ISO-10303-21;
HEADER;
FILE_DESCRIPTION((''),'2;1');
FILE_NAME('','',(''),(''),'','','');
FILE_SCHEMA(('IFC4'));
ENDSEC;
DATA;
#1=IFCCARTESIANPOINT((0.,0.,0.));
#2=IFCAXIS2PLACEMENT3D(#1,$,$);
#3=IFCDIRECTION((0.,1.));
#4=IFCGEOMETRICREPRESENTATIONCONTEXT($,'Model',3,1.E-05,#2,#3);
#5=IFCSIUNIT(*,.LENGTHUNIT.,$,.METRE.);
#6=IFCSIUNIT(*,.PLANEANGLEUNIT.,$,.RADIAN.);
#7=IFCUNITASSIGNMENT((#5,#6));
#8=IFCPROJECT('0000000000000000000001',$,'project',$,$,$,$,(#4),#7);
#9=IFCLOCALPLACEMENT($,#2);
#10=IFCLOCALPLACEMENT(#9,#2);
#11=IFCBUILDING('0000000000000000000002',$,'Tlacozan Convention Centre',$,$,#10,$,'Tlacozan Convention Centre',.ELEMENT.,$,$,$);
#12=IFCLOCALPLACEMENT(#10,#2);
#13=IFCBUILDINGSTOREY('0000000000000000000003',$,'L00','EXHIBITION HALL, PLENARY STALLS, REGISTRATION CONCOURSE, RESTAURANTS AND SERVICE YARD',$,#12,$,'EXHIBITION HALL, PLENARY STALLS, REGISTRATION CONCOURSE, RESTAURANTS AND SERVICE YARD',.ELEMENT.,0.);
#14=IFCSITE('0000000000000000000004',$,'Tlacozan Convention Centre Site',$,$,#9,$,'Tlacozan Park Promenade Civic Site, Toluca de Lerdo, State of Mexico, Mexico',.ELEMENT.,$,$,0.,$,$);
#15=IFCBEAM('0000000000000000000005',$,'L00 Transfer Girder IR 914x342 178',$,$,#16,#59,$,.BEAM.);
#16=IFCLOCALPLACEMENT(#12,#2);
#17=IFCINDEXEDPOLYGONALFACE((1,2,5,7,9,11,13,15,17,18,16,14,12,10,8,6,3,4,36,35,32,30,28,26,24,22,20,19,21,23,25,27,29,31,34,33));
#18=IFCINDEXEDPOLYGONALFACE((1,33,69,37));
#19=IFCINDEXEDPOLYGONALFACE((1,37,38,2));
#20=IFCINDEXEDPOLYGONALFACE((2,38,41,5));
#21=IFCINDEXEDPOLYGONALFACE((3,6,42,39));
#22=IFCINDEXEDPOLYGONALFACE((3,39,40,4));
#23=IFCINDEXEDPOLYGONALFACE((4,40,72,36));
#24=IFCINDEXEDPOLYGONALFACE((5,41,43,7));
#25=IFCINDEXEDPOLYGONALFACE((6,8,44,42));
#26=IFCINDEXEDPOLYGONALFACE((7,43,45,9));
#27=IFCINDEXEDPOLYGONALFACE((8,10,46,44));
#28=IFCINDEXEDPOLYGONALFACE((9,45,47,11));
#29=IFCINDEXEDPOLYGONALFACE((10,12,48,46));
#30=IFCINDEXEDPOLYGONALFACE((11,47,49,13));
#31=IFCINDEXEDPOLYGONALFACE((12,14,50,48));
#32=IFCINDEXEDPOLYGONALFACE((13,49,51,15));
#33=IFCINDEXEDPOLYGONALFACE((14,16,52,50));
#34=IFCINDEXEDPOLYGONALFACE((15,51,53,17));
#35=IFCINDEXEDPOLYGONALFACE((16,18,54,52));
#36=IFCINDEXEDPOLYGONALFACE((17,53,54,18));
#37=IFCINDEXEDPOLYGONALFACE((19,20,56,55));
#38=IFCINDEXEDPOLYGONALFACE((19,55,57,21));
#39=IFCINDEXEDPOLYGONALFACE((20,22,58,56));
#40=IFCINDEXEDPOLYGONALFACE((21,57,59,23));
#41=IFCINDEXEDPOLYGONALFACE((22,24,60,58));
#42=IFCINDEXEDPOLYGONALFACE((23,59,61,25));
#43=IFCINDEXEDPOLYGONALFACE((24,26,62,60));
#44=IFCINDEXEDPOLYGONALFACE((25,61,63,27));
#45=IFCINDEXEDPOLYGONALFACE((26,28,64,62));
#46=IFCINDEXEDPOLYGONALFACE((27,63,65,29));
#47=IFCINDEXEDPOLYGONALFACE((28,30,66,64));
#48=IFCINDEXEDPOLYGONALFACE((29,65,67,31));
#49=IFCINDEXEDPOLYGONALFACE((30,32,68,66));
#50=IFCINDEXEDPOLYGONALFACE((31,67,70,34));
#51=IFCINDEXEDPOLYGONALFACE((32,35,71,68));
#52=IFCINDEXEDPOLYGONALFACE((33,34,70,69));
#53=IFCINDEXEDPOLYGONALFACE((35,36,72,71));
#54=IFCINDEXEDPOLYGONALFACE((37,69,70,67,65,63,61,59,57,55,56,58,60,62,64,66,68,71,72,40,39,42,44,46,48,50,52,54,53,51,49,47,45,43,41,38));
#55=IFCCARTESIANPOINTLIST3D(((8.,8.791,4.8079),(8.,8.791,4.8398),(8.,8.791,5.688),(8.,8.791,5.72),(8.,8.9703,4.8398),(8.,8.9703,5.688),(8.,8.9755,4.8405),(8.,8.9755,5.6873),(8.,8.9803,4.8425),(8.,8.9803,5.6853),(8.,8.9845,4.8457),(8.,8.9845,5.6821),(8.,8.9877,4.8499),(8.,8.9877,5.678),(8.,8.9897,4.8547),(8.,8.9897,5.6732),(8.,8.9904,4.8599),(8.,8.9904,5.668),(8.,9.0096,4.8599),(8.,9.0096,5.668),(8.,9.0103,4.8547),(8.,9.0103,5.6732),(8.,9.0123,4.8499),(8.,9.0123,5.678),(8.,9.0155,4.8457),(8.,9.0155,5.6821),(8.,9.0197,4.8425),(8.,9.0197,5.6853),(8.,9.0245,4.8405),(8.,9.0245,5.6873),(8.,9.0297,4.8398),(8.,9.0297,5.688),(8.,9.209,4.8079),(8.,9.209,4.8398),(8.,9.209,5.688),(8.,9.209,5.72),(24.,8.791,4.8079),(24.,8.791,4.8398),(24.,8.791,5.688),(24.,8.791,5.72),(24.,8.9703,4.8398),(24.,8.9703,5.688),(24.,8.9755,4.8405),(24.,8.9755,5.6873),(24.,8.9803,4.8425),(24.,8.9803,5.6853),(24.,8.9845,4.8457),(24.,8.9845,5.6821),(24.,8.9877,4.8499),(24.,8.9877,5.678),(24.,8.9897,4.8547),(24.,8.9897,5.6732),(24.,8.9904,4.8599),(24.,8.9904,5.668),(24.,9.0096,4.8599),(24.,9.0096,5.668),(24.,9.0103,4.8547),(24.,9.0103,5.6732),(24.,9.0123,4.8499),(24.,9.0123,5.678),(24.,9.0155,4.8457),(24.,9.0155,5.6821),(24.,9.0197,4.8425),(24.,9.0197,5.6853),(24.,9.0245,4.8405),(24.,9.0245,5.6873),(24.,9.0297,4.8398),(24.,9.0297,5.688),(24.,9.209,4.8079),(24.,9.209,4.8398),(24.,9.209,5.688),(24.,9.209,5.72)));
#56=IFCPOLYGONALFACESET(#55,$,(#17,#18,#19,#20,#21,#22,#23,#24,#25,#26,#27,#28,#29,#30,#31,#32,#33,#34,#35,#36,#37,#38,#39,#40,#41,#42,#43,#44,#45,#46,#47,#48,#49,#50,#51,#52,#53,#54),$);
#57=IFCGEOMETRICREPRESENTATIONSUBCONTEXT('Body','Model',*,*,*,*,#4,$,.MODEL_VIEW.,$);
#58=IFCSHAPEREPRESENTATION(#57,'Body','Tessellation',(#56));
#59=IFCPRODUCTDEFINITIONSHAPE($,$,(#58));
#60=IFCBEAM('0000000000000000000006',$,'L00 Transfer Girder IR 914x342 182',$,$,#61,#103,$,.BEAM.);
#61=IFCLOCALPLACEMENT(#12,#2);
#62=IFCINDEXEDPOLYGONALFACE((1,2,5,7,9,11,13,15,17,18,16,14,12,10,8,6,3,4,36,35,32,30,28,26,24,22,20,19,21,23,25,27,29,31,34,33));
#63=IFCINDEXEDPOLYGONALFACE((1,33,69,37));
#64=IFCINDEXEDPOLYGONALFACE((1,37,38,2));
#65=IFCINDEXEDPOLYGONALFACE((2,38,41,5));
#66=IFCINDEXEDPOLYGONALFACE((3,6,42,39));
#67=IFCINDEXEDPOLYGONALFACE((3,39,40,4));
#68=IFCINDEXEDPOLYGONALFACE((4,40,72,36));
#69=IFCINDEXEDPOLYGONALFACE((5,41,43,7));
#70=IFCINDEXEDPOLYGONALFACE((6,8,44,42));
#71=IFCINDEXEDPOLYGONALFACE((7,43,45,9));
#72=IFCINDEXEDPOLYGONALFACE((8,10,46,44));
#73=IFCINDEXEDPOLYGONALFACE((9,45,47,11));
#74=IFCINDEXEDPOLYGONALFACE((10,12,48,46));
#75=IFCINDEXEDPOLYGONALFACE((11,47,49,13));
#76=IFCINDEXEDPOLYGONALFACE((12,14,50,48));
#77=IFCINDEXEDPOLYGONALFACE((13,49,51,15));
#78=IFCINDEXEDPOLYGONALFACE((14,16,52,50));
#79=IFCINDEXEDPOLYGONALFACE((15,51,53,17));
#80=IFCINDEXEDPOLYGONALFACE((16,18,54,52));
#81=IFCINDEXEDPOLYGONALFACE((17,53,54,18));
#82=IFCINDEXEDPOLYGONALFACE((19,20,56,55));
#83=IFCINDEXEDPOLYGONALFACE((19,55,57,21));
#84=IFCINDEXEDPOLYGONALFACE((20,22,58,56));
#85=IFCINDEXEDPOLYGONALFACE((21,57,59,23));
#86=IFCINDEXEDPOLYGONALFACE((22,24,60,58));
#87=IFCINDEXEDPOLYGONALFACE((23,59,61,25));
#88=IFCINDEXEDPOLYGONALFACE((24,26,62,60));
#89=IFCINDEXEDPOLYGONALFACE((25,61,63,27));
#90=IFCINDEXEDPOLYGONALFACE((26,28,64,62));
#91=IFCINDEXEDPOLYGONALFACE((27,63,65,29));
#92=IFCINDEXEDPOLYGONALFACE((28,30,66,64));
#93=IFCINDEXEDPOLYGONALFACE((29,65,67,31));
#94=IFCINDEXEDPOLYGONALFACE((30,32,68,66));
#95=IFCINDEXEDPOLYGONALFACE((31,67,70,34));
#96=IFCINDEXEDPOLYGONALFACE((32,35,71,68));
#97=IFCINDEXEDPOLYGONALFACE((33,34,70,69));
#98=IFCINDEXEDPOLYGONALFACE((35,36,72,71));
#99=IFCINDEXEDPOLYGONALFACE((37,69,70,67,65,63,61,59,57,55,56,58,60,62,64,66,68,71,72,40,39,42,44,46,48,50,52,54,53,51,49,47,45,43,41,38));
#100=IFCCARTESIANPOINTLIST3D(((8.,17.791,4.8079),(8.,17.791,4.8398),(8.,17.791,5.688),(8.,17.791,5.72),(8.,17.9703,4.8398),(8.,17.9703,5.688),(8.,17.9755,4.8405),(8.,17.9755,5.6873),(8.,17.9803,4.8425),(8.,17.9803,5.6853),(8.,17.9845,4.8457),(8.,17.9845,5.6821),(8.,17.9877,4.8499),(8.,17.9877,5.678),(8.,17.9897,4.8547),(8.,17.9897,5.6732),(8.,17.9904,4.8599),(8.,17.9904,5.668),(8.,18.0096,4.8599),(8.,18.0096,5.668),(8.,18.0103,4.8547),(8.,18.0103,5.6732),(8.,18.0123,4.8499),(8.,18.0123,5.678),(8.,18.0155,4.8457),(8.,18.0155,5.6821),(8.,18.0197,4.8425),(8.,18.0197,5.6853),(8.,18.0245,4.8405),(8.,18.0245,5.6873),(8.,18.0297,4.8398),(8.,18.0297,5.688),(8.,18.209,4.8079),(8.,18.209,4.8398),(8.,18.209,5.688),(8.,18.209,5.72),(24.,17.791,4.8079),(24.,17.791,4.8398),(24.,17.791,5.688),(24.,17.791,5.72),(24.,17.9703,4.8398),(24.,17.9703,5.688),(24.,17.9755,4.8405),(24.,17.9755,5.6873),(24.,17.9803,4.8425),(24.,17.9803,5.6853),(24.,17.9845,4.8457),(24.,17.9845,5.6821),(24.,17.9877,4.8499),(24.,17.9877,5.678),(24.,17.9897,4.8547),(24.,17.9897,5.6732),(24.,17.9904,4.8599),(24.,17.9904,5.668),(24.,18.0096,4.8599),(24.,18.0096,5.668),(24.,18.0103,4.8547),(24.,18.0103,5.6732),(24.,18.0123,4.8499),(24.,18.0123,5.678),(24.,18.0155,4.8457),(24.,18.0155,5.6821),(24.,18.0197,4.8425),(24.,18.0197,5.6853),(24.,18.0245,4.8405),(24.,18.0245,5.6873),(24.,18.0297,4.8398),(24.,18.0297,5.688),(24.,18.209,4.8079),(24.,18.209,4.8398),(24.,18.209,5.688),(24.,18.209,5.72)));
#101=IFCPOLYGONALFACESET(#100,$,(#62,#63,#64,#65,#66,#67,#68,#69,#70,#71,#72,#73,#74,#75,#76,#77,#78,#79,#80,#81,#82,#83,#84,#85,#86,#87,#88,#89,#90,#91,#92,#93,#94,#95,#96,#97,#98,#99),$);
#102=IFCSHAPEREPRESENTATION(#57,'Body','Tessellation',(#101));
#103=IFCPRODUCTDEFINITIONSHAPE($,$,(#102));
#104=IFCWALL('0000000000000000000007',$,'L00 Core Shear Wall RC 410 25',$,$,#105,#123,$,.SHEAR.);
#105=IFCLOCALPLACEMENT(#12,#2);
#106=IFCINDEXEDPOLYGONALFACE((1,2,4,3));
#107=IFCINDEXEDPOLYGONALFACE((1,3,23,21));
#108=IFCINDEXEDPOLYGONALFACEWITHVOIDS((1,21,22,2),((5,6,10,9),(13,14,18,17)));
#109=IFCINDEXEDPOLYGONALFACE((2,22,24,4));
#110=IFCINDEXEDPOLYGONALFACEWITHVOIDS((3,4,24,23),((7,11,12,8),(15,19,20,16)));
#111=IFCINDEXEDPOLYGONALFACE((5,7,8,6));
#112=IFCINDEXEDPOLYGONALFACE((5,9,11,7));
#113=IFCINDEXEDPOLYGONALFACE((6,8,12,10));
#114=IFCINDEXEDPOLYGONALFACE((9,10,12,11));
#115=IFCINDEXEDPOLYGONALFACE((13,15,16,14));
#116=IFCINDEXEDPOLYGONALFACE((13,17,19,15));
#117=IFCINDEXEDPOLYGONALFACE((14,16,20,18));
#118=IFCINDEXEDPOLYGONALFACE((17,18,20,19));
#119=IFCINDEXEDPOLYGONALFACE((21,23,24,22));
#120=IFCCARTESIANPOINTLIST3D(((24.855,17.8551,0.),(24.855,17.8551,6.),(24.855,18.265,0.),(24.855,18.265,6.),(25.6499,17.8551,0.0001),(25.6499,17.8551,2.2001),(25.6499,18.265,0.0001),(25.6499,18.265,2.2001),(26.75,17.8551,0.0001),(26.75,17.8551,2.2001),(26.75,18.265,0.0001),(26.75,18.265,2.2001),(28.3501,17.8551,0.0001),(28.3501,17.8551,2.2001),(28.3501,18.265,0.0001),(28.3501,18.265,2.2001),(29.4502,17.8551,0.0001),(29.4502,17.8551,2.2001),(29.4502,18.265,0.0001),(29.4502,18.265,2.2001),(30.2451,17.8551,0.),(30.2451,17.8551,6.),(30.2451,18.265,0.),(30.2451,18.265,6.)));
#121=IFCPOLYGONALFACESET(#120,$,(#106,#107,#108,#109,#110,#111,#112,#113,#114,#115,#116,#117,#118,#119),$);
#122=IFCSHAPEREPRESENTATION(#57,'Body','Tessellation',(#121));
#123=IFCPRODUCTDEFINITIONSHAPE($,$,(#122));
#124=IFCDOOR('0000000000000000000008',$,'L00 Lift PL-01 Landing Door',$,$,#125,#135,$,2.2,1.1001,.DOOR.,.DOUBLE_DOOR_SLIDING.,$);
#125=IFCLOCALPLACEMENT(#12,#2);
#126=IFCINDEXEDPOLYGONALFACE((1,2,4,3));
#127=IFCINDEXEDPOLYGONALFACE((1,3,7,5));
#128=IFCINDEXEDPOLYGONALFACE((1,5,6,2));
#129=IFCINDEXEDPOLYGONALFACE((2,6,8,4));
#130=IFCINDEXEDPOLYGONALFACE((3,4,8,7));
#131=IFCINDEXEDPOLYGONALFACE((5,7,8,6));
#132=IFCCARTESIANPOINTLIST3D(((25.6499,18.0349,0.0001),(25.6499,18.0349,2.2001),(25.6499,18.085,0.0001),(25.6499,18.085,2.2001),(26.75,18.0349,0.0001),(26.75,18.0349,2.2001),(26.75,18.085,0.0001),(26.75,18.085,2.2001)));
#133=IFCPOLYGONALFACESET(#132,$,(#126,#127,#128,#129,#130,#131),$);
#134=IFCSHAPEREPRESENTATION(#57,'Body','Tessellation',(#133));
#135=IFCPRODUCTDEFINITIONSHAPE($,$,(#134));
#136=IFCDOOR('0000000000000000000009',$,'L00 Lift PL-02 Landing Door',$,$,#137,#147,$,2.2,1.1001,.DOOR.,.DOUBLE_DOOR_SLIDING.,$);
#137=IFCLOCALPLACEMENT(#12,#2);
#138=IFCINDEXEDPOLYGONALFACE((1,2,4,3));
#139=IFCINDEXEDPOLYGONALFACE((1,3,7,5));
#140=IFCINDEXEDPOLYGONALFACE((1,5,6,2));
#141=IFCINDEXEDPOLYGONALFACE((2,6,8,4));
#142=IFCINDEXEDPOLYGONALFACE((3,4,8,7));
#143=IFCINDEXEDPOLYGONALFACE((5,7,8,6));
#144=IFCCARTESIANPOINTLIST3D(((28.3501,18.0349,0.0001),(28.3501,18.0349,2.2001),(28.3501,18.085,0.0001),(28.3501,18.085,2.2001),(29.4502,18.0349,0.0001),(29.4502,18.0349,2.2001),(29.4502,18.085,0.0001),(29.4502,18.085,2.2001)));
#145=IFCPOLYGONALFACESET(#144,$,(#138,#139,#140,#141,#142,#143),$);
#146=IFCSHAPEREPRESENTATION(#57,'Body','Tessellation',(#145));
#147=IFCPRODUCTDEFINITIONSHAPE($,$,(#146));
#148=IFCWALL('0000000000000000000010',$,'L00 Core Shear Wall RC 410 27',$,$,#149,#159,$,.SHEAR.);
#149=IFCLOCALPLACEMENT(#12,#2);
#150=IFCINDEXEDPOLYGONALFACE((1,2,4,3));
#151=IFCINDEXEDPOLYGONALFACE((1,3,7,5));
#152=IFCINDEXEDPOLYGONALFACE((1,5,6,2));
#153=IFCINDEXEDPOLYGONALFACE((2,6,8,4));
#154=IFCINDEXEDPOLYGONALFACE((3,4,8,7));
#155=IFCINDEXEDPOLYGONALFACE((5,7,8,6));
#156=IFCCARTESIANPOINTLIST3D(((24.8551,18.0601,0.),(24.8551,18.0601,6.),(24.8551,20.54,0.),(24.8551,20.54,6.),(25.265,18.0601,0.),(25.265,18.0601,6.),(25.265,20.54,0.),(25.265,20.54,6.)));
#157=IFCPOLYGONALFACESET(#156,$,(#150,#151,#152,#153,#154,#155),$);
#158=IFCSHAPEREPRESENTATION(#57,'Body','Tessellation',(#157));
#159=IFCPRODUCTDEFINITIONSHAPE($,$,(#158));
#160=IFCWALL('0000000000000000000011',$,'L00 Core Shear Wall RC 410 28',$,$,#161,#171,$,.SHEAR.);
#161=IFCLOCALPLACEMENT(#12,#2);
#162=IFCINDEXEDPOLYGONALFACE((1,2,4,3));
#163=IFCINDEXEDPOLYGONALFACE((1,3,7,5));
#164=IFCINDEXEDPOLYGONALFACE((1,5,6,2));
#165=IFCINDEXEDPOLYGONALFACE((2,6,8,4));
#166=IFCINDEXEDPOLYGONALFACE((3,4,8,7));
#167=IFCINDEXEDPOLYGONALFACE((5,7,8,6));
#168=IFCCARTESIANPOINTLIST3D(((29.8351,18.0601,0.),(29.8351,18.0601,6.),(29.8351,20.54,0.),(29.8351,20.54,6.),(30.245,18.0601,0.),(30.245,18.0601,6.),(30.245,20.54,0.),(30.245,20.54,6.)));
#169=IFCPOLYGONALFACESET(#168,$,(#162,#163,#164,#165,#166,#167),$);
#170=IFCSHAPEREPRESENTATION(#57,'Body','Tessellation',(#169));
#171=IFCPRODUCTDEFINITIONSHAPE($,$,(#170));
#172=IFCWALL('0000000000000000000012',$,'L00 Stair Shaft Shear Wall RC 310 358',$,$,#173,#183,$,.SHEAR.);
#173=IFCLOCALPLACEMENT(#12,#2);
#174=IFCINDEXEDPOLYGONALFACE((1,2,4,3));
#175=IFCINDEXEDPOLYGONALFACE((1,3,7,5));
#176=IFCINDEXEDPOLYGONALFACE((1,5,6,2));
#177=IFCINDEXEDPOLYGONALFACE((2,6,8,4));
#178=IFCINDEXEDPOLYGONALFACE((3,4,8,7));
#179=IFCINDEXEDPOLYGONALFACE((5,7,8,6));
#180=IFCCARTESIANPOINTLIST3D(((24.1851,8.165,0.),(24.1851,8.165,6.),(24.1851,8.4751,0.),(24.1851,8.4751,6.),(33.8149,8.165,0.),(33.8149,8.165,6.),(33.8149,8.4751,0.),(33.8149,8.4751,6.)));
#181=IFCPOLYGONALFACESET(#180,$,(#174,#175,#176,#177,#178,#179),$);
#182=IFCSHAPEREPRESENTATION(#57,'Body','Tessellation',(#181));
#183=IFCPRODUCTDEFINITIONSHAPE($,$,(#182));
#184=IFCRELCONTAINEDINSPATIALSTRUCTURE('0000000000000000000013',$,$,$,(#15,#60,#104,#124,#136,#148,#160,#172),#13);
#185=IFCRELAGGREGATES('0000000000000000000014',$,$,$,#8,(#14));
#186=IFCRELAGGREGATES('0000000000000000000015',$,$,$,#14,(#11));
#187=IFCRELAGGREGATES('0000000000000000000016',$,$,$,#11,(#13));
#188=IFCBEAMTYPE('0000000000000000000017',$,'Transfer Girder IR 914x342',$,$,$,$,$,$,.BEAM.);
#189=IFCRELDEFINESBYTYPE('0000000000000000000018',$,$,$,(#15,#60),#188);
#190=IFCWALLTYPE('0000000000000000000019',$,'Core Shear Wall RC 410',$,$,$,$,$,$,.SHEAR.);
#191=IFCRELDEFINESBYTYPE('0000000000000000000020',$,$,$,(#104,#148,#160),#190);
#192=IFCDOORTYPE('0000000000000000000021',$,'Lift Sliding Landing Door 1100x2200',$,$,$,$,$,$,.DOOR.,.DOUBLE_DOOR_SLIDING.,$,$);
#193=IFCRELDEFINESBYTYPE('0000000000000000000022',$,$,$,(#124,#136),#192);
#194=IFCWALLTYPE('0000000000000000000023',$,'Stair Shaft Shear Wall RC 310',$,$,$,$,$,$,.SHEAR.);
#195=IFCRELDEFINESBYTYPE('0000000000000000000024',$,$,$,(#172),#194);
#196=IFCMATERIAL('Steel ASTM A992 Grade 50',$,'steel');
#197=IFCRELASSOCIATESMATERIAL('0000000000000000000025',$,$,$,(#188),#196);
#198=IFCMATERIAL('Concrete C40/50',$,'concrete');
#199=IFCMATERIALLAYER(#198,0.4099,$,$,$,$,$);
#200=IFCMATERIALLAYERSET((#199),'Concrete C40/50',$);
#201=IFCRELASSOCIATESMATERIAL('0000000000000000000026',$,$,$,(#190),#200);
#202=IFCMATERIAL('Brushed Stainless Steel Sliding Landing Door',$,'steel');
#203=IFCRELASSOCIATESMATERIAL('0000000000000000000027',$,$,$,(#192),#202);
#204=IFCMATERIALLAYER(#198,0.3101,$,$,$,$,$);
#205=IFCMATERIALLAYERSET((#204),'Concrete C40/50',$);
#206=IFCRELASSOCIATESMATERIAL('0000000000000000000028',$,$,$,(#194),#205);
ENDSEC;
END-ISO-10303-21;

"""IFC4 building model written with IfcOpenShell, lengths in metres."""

from ifc_helpers import new_model, si_unit, direction, frame, frame_2d, origin, origin_2d, place, context, subcontext, project, spatial, rectangle, i_section, extrude, material, layer, layer_set, material_profile, profile_set, type_object, element, fill, save


model = new_model("IFC4")

# Units and contexts
model_context = context("Model", 3, precision=1e-05, world=origin(), true_north=direction((0.0, 1.0)))
body_context = subcontext(model_context, "Body", "Model", "MODEL_VIEW")
ifc_project = project(units=[si_unit("LENGTHUNIT", "METRE"), si_unit("PLANEANGLEUNIT", "RADIAN")], contexts=[model_context])

# Site, building, storey
site_placement = place(None, origin())
site = spatial("IfcSite", under=ifc_project, at=site_placement, Name="Tlacozan Convention Centre Site", LongName="Tlacozan Park Promenade Civic Site, Toluca de Lerdo, State of Mexico, Mexico", CompositionType="ELEMENT", RefElevation=0.0)
building_placement = place(site_placement, origin())
building = spatial("IfcBuilding", under=site, at=building_placement, Name="Tlacozan Convention Centre", LongName="Tlacozan Convention Centre", CompositionType="ELEMENT")
storey_placement = place(building_placement, origin())
storey = spatial("IfcBuildingStorey", under=building, at=storey_placement, Name="L00", Description="EXHIBITION HALL, PLENARY STALLS, REGISTRATION CONCOURSE, RESTAURANTS AND SERVICE YARD", LongName="EXHIBITION HALL, PLENARY STALLS, REGISTRATION CONCOURSE, RESTAURANTS AND SERVICE YARD", CompositionType="ELEMENT", Elevation=0.0)

# Shared definitions
ifc_material_1 = material(Name="Concrete C40/50", Category="concrete")

# Beams
ifc_material_2 = material(Name="Steel ASTM A992 Grade 50", Category="steel")
ifc_material_profile_1 = material_profile(ifc_material_2, i_section(OverallWidth=0.418, OverallDepth=0.9121, WebThickness=0.0193, FlangeThickness=0.032, FilletRadius=0.02, at=origin_2d()), Name="IR 914x342.0")
ifc_profile_set_1 = profile_set([ifc_material_profile_1], Name="Steel ASTM A992 Grade 50")
beam_type_1 = type_object("IfcBeamType", Name="Transfer Girder IR 914x342", PredefinedType="BEAM", material=ifc_profile_set_1)
for number, where, z_axis, x_axis, name in (
    (1, (24.0, 9.0, 5.2639), (-1.0, 0.0, 0.0), (0.0, -1.0, 0.0), "L00 Transfer Girder IR 914x342 178"),
    (2, (24.0, 18.0, 5.2639), (-1.0, 0.0, 0.0), (0.0, -1.0, 0.0), "L00 Transfer Girder IR 914x342 182"),
):
    element("IfcBeam", number, at=place(storey_placement, frame(where, z_axis=z_axis, x_axis=x_axis)), inside=storey, type_object=beam_type_1, Name=name, PredefinedType="BEAM", context=body_context, shape_type="SweptSolid", body=[
        extrude(i_section(OverallWidth=0.418, OverallDepth=0.9121, WebThickness=0.0193, FlangeThickness=0.032, FilletRadius=0.02, at=origin_2d()), origin(), (0.0, 0.0, 1.0), 16.0),
    ])

# Wall, openings, doors
ifc_layer_1 = layer(ifc_material_1, 0.4099)
ifc_layer_set_1 = layer_set([ifc_layer_1], Name="Concrete C40/50")
wall_type_1 = type_object("IfcWallType", Name="Core Shear Wall RC 410", PredefinedType="SHEAR", material=ifc_layer_set_1)
wall_1_placement = place(storey_placement, frame((24.855, 18.0601, 0.0), z_axis=(0.0, 0.0, 1.0), x_axis=(1.0, 0.0, 0.0)))
wall_1 = element("IfcWall", 3, at=wall_1_placement, inside=storey, type_object=wall_type_1, Name="L00 Core Shear Wall RC 410 25", PredefinedType="SHEAR", context=body_context, shape_type="SweptSolid", body=[
    extrude(rectangle(XDim=5.3901, YDim=0.4099, at=frame_2d((2.6951, 0.0))), origin(), (0.0, 0.0, 1.0), 6.0),
])
opening_1_placement = place(wall_1_placement, frame((0.7949, 0.0, 0.0)))
opening_1 = element("IfcOpeningElement", 4, at=opening_1_placement, cuts=wall_1, PredefinedType="OPENING", context=body_context, shape_type="SweptSolid", body=[
    extrude(rectangle(XDim=1.1001, YDim=2.2, at=frame_2d((0.55, 1.1001))), frame((0.0, 0.2148, 0.0), z_axis=(0.0, -1.0, 0.0), x_axis=(1.0, 0.0, 0.0)), (0.0, 0.0, 1.0), 0.4299),
])
opening_2_placement = place(wall_1_placement, frame((3.4951, 0.0, 0.0)))
opening_2 = element("IfcOpeningElement", 5, at=opening_2_placement, cuts=wall_1, PredefinedType="OPENING", context=body_context, shape_type="SweptSolid", body=[
    extrude(rectangle(XDim=1.1001, YDim=2.2, at=frame_2d((0.55, 1.1001))), frame((0.0, 0.2148, 0.0), z_axis=(0.0, -1.0, 0.0), x_axis=(1.0, 0.0, 0.0)), (0.0, 0.0, 1.0), 0.4299),
])
ifc_material_3 = material(Name="Brushed Stainless Steel Sliding Landing Door", Category="steel")
door_type = type_object("IfcDoorType", Name="Lift Sliding Landing Door 1100x2200", OperationType="DOUBLE_DOOR_SLIDING", PredefinedType="DOOR", material=ifc_material_3)
door_1_placement = place(opening_1_placement, origin())
door_1 = element("IfcDoor", 6, at=door_1_placement, inside=storey, type_object=door_type, Name="L00 Lift PL-01 Landing Door", OperationType="DOUBLE_DOOR_SLIDING", OverallHeight=2.2, OverallWidth=1.1001, PredefinedType="DOOR", context=body_context, shape_type="SweptSolid", body=[
    extrude(rectangle(XDim=1.1001, YDim=2.2, at=frame_2d((0.55, 1.1001))), frame((0.0, 0.0249, 0.0), z_axis=(0.0, -1.0, 0.0), x_axis=(1.0, 0.0, 0.0)), (0.0, 0.0, 1.0), 0.05),
])
fill(opening_1, door_1)
door_2_placement = place(opening_2_placement, origin())
door_2 = element("IfcDoor", 7, at=door_2_placement, inside=storey, type_object=door_type, Name="L00 Lift PL-02 Landing Door", OperationType="DOUBLE_DOOR_SLIDING", OverallHeight=2.2, OverallWidth=1.1001, PredefinedType="DOOR", context=body_context, shape_type="SweptSolid", body=[
    extrude(rectangle(XDim=1.1001, YDim=2.2, at=frame_2d((0.55, 1.1001))), frame((0.0, 0.0249, 0.0), z_axis=(0.0, -1.0, 0.0), x_axis=(1.0, 0.0, 0.0)), (0.0, 0.0, 1.0), 0.05),
])
fill(opening_2, door_2)

# Walls
for number, where, z_axis, x_axis, name in (
    (8, (25.0601, 18.0601, 0.0), (0.0, 0.0, 1.0), (0.0, 1.0, 0.0), "L00 Core Shear Wall RC 410 27"),
    (9, (30.04, 18.0601, 0.0), (0.0, 0.0, 1.0), (0.0, 1.0, 0.0), "L00 Core Shear Wall RC 410 28"),
):
    element("IfcWall", number, at=place(storey_placement, frame(where, z_axis=z_axis, x_axis=x_axis)), inside=storey, type_object=wall_type_1, Name=name, PredefinedType="SHEAR", context=body_context, shape_type="SweptSolid", body=[
        extrude(rectangle(XDim=2.48, YDim=0.4099, at=frame_2d((1.24, 0.0))), origin(), (0.0, 0.0, 1.0), 6.0),
    ])
ifc_layer_2 = layer(ifc_material_1, 0.3101)
ifc_layer_set_2 = layer_set([ifc_layer_2], Name="Concrete C40/50")
wall_type_2 = type_object("IfcWallType", Name="Stair Shaft Shear Wall RC 310", PredefinedType="SHEAR", material=ifc_layer_set_2)
wall_2_placement = place(storey_placement, frame((24.1851, 8.3201, 0.0), z_axis=(0.0, 0.0, 1.0), x_axis=(1.0, 0.0, 0.0)))
element("IfcWall", 10, at=wall_2_placement, inside=storey, type_object=wall_type_2, Name="L00 Stair Shaft Shear Wall RC 310 358", PredefinedType="SHEAR", context=body_context, shape_type="SweptSolid", body=[
    extrude(rectangle(XDim=9.6299, YDim=0.3101, at=frame_2d((4.8149, 0.0))), origin(), (0.0, 0.0, 1.0), 6.0),
])

save(model, "model.ifc")
